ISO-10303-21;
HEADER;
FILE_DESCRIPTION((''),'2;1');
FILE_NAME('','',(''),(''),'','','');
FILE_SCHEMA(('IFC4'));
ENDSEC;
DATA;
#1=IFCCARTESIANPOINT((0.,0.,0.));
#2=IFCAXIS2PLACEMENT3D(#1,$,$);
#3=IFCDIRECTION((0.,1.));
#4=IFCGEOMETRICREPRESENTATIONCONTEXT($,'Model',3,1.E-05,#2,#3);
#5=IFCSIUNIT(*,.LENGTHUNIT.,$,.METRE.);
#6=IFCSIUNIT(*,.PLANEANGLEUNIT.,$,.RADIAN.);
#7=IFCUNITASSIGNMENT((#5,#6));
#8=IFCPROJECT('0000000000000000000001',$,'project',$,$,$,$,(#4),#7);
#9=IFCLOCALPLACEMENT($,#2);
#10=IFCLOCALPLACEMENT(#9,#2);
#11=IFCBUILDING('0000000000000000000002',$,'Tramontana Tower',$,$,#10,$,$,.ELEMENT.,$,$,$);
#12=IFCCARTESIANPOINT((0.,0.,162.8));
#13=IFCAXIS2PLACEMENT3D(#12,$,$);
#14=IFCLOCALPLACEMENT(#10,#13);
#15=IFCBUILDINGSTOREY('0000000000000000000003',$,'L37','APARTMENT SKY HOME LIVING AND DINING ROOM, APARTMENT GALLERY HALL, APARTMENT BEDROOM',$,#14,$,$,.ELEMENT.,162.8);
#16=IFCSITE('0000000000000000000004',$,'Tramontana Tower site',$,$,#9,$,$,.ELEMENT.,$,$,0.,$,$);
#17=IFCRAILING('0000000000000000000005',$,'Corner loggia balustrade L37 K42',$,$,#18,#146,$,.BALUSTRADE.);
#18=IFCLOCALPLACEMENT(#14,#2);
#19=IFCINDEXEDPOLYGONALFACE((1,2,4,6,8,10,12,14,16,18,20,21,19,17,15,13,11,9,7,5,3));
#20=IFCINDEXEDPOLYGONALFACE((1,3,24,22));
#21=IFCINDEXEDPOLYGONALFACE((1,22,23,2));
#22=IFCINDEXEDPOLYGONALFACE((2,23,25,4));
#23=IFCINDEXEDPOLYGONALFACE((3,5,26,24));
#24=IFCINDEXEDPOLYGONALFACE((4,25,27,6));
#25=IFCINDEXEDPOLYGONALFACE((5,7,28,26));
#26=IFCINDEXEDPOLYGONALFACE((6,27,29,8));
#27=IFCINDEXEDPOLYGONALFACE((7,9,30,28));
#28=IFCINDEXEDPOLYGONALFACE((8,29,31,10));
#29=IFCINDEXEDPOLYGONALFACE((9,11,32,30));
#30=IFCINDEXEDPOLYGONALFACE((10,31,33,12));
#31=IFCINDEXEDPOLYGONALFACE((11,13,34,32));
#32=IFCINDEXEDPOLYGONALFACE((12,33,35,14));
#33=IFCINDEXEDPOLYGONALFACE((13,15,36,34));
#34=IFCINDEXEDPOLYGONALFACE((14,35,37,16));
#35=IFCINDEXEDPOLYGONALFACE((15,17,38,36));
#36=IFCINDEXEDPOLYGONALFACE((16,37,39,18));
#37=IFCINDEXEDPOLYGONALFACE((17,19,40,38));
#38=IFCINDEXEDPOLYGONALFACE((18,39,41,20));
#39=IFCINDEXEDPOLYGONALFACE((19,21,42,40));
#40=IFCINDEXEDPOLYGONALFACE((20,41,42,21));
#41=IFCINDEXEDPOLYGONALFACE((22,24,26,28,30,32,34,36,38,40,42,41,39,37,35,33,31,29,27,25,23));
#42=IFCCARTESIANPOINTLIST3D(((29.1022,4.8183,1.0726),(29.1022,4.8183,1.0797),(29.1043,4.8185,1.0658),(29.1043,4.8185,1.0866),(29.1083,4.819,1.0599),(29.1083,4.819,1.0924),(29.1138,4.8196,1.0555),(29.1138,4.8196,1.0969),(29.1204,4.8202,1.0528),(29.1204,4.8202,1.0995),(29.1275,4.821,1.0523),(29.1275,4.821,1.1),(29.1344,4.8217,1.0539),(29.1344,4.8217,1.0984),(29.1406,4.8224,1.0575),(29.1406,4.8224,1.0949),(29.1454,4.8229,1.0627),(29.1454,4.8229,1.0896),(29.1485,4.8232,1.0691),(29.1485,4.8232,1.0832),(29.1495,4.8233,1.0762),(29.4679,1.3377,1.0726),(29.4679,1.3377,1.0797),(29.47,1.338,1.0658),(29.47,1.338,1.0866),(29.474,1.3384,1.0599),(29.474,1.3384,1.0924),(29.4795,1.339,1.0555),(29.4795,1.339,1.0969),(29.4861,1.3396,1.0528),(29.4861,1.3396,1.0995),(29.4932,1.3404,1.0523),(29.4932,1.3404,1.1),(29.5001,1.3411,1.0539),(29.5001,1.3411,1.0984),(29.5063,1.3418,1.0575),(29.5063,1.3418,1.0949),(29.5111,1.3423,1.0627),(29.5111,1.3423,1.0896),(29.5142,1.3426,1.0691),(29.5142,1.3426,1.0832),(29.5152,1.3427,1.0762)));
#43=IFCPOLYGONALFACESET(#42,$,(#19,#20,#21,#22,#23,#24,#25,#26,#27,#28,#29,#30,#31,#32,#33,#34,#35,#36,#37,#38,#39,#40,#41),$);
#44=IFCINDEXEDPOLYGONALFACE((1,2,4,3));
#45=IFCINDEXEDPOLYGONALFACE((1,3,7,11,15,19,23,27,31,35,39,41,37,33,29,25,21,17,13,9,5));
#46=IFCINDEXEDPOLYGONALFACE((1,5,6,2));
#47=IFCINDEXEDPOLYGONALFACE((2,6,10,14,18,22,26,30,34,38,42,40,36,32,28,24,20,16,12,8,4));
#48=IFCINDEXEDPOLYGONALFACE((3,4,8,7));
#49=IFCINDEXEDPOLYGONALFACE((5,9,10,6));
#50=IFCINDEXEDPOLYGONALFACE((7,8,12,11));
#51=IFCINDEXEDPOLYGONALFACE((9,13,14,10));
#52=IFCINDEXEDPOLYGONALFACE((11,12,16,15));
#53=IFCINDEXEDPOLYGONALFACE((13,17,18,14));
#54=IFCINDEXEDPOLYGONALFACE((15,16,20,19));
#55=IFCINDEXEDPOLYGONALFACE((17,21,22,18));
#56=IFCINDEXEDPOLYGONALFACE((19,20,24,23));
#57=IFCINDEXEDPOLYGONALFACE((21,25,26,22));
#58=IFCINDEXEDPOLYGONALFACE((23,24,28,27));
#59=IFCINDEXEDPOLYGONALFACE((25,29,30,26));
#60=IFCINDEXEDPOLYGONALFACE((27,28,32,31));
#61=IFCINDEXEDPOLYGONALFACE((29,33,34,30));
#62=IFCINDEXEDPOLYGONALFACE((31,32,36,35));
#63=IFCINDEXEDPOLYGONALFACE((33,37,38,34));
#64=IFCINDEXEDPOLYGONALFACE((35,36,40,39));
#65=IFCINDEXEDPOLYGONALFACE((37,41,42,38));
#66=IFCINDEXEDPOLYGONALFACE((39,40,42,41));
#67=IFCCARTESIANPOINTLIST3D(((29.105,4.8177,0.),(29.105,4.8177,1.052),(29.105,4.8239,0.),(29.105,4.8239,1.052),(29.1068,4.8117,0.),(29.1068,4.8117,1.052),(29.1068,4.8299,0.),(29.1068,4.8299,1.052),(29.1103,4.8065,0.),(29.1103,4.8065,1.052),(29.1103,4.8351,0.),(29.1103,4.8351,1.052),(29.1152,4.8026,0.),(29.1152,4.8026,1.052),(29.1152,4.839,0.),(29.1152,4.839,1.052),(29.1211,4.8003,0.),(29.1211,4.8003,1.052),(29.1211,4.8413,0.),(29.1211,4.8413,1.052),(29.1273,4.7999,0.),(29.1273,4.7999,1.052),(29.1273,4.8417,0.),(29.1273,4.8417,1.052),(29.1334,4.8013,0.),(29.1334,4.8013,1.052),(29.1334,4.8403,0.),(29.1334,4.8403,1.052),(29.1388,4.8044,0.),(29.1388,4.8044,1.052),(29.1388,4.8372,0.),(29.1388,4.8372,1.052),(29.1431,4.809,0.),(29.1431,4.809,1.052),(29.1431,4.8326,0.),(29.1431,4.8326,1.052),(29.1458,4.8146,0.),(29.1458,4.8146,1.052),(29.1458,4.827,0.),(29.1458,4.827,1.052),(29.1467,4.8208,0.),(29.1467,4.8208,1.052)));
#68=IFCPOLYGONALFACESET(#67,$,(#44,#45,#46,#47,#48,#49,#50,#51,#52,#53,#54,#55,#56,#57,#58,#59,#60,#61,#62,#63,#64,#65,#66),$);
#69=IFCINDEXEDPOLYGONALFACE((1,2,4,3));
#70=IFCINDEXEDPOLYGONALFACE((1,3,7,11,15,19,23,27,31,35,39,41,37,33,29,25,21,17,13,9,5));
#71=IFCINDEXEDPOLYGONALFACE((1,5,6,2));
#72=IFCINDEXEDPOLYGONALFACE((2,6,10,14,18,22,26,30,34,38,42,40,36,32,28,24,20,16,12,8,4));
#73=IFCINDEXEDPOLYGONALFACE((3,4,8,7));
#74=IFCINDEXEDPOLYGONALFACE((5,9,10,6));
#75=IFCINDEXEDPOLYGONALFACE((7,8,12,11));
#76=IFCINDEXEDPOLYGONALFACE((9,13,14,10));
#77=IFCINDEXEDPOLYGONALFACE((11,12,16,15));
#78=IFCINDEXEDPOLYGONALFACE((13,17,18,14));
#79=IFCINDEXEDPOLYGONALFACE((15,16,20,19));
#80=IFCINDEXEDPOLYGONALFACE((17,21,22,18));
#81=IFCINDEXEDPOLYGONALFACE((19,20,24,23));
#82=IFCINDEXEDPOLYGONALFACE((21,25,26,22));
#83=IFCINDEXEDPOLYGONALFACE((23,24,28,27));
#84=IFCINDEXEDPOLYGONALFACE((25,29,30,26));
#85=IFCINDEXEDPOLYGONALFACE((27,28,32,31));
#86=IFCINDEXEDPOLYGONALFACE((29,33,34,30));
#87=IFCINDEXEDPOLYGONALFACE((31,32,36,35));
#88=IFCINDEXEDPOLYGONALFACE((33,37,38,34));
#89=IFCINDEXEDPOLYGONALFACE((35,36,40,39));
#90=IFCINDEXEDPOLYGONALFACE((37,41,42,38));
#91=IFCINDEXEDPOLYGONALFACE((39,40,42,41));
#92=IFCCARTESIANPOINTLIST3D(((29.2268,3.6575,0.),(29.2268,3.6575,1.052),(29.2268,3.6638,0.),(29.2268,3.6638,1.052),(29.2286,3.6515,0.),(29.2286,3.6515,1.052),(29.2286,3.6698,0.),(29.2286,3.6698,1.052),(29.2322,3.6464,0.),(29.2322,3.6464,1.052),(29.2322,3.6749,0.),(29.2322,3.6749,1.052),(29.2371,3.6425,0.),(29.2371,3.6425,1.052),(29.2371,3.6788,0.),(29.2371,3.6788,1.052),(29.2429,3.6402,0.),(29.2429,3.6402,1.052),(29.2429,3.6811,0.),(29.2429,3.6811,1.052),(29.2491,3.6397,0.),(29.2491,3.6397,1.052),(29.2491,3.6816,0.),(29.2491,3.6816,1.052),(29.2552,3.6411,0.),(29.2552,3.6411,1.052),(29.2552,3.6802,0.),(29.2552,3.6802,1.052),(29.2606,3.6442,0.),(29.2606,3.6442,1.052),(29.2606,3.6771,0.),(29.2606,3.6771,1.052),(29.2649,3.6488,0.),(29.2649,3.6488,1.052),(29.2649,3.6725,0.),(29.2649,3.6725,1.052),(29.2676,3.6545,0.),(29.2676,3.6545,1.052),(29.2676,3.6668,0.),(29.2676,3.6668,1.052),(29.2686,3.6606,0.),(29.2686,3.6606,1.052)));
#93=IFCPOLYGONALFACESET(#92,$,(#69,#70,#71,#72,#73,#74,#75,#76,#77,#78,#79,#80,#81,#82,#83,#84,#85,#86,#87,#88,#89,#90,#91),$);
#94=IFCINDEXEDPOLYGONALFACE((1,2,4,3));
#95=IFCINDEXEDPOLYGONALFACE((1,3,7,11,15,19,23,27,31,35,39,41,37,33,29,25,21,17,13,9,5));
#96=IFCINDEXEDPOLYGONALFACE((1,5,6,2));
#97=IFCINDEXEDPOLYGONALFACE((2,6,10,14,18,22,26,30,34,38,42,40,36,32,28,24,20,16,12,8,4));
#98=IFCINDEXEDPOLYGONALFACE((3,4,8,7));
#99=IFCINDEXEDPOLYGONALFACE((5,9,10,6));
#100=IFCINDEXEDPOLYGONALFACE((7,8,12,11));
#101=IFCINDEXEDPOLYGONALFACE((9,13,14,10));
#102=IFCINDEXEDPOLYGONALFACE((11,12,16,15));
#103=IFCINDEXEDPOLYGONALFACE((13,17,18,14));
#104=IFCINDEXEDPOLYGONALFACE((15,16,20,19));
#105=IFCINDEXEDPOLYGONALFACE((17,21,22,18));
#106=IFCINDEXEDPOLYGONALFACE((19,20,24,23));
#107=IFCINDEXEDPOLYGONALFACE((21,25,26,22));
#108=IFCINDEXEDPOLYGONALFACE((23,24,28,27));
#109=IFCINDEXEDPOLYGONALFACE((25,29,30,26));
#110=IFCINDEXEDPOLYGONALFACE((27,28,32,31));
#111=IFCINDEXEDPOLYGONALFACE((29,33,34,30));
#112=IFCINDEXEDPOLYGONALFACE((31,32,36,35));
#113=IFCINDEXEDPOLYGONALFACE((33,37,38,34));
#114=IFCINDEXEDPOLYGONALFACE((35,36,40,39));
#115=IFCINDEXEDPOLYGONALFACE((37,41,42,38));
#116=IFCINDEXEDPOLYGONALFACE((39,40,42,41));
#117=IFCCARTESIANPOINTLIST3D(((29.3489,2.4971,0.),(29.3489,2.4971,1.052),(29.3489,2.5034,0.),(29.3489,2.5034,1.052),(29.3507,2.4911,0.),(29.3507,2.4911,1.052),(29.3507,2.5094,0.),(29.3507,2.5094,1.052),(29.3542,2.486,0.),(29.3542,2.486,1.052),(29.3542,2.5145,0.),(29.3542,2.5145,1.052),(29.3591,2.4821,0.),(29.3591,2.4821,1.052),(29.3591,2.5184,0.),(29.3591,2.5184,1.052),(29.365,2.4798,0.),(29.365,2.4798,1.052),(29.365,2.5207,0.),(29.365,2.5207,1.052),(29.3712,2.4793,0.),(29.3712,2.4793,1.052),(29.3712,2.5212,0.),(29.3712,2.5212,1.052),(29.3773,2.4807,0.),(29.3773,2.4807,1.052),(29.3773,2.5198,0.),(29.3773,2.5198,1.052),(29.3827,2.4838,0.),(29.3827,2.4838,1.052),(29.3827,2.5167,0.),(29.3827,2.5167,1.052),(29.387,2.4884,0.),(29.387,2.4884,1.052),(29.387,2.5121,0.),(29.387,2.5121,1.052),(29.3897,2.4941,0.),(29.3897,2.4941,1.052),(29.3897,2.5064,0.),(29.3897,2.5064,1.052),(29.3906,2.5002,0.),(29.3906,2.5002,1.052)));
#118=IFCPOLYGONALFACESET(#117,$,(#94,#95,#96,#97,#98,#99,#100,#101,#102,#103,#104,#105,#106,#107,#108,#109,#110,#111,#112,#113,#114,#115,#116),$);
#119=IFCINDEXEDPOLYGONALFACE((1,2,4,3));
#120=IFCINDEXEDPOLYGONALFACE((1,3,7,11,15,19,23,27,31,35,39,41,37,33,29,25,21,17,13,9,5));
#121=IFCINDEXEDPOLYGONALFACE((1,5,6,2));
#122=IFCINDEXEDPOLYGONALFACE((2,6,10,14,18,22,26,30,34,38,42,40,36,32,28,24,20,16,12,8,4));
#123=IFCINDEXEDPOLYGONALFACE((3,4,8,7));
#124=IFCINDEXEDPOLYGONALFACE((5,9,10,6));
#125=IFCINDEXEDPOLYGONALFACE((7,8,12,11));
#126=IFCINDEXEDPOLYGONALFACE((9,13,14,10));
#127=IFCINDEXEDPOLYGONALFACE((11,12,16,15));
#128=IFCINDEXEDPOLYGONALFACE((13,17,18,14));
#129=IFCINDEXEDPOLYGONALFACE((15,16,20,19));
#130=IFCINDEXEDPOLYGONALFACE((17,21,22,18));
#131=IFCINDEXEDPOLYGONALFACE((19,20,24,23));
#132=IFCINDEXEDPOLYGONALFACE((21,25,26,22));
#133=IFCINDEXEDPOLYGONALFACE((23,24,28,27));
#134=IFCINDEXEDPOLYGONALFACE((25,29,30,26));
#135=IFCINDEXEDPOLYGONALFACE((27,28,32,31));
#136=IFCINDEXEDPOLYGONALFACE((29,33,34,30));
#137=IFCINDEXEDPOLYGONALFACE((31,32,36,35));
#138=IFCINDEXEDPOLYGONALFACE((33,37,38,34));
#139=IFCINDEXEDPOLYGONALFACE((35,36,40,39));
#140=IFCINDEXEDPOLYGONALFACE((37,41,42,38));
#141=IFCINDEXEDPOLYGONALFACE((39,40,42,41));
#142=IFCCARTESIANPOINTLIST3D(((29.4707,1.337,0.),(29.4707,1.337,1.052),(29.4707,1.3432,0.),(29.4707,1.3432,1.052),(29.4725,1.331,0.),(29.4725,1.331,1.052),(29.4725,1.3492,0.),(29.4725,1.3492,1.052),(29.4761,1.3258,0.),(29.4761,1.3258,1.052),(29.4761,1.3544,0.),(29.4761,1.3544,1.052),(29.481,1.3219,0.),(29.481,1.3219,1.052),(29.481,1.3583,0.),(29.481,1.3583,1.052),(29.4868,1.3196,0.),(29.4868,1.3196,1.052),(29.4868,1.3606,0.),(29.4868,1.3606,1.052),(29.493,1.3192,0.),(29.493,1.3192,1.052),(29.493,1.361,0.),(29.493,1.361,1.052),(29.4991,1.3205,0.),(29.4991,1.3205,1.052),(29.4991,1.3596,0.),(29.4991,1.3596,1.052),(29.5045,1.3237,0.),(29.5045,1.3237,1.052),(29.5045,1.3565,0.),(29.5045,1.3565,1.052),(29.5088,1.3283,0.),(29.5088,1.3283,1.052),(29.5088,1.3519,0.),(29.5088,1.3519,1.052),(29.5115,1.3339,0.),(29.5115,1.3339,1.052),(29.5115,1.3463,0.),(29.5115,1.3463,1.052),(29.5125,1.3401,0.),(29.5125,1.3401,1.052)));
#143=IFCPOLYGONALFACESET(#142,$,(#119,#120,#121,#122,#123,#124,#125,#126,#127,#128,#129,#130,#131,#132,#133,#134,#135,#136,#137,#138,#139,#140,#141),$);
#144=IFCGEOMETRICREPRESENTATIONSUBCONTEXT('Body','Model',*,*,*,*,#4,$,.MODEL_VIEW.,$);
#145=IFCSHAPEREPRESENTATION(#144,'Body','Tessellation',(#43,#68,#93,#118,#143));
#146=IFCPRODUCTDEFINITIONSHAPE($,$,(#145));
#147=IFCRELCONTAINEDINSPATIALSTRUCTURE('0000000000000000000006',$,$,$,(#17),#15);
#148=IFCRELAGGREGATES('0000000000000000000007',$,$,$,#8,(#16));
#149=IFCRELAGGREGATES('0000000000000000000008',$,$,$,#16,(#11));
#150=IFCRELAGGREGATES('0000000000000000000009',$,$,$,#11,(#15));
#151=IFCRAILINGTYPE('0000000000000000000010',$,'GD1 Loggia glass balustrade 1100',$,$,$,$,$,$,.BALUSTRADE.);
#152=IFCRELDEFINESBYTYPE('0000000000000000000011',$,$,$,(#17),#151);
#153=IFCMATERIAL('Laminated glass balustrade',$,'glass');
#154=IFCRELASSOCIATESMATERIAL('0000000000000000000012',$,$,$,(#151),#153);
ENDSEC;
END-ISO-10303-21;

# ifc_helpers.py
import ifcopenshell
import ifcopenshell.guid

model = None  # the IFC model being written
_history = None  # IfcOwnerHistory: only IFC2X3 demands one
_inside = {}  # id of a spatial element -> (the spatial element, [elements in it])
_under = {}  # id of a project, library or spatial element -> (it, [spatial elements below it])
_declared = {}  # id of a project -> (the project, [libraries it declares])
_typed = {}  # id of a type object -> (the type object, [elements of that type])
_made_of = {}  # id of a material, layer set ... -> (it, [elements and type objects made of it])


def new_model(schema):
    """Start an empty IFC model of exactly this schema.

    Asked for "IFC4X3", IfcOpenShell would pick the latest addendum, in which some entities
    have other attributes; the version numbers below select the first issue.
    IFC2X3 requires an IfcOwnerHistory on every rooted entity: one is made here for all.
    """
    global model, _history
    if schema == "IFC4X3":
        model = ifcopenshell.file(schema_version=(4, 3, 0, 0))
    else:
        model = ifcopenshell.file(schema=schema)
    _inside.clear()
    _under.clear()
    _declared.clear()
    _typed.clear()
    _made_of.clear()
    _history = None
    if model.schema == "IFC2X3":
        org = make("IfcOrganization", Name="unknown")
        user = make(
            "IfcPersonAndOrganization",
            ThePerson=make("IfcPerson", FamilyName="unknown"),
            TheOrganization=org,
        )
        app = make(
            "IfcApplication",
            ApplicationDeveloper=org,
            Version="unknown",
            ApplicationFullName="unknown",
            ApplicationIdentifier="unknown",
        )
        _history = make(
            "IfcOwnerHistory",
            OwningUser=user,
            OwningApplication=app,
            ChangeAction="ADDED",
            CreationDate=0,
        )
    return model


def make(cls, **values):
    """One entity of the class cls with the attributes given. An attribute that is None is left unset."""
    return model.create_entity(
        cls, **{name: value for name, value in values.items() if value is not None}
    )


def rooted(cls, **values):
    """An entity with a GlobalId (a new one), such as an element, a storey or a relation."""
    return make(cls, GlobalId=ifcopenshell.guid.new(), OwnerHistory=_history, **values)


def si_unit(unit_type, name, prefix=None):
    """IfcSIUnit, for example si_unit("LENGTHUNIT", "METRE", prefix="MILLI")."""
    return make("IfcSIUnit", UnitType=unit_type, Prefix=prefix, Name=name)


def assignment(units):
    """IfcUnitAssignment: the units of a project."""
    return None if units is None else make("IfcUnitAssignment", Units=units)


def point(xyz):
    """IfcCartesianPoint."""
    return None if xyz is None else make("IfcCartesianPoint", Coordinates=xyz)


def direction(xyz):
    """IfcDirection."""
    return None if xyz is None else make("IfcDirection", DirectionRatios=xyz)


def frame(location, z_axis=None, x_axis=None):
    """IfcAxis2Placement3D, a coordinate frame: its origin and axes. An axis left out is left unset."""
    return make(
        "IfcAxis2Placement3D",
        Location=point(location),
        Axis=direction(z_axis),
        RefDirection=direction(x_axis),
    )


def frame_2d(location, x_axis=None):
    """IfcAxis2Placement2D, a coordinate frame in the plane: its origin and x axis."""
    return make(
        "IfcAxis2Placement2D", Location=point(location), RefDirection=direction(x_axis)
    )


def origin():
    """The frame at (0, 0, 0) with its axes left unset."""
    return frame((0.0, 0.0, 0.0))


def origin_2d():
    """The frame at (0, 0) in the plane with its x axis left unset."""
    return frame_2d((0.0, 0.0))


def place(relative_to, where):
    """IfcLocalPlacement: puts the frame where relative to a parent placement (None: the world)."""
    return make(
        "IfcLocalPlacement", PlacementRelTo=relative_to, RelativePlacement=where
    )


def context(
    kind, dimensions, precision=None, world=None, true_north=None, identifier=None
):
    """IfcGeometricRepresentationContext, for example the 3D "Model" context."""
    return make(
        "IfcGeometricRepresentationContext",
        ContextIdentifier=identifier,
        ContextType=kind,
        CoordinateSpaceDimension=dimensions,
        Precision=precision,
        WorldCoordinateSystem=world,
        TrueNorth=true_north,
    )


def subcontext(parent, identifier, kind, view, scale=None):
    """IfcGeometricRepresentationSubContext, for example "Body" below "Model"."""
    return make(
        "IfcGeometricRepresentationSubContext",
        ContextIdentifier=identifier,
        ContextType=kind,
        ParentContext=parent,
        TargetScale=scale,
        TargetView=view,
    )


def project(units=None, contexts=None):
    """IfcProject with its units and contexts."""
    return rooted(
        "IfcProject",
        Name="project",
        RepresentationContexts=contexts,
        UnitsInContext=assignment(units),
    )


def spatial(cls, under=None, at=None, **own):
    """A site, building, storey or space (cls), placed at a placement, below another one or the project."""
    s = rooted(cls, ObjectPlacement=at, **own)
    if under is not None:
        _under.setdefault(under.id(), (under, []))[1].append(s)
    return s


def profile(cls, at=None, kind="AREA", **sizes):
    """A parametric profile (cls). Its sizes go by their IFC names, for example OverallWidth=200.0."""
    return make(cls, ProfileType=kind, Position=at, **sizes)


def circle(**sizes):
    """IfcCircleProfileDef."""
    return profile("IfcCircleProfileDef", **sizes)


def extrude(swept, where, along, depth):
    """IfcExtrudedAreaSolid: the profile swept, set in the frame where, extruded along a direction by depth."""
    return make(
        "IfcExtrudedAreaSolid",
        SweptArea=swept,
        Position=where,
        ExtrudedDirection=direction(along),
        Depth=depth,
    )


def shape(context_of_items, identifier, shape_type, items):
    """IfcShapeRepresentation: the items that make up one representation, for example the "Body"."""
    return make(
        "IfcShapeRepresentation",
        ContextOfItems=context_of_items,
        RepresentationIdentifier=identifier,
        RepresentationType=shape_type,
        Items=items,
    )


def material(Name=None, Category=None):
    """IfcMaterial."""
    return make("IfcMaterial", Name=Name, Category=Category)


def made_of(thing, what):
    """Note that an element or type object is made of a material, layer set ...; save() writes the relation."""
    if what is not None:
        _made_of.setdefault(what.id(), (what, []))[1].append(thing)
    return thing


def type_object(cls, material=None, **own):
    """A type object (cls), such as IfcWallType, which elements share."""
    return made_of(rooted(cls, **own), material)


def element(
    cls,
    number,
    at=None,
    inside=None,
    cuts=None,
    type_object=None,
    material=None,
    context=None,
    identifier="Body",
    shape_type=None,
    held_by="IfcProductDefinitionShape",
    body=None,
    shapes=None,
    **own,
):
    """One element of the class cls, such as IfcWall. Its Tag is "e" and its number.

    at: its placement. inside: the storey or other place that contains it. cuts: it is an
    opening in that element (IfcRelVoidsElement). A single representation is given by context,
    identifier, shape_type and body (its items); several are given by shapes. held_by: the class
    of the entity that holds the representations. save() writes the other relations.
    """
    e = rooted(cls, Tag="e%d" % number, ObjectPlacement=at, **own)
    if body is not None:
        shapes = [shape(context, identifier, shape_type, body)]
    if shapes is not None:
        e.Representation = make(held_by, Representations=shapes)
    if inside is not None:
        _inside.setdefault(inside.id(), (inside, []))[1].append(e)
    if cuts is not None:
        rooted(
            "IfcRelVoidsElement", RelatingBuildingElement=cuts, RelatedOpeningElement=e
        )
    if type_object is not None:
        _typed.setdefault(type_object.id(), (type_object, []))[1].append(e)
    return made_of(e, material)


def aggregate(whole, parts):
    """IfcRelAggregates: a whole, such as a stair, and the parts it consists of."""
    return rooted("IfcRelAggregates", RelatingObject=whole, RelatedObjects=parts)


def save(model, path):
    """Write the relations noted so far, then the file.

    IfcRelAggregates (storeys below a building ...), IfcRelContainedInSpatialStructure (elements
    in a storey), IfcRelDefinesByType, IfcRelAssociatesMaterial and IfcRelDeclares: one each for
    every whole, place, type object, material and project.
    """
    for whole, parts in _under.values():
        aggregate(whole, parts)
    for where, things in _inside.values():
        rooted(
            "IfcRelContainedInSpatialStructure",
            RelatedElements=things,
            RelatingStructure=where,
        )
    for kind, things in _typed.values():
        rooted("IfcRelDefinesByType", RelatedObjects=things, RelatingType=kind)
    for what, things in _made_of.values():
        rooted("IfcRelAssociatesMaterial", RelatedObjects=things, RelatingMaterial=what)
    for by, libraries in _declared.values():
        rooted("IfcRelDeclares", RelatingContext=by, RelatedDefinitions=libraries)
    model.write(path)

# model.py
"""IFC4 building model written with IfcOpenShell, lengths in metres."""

from ifc_helpers import new_model, si_unit, direction, frame, origin, origin_2d, place, context, subcontext, project, spatial, circle, extrude, material, type_object, element, save


model = new_model("IFC4")

# Units and contexts
model_context = context("Model", 3, precision=1e-05, world=origin(), true_north=direction((0.0, 1.0)))
body_context = subcontext(model_context, "Body", "Model", "MODEL_VIEW")
ifc_project = project(units=[si_unit("LENGTHUNIT", "METRE"), si_unit("PLANEANGLEUNIT", "RADIAN")], contexts=[model_context])

# Site, building, storey
site_placement = place(None, origin())
site = spatial("IfcSite", under=ifc_project, at=site_placement, Name="Tramontana Tower site", CompositionType="ELEMENT", RefElevation=0.0)
building_placement = place(site_placement, origin())
building = spatial("IfcBuilding", under=site, at=building_placement, Name="Tramontana Tower", CompositionType="ELEMENT")
storey_placement = place(building_placement, frame((0.0, 0.0, 162.8)))
storey = spatial("IfcBuildingStorey", under=building, at=storey_placement, Name="L37", Description="APARTMENT SKY HOME LIVING AND DINING ROOM, APARTMENT GALLERY HALL, APARTMENT BEDROOM", CompositionType="ELEMENT", Elevation=162.8)

# Railing
ifc_material_1 = material(Name="Laminated glass balustrade", Category="glass")
railing_type = type_object("IfcRailingType", Name="GD1 Loggia glass balustrade 1100", PredefinedType="BALUSTRADE", material=ifc_material_1)
railing_1_placement = place(storey_placement, frame((29.1257, 4.8208, 0.0)))
element("IfcRailing", 1, at=railing_1_placement, inside=storey, type_object=railing_type, Name="Corner loggia balustrade L37 K42", PredefinedType="BALUSTRADE", context=body_context, shape_type="SweptSolid", body=[
    extrude(circle(Radius=0.0239, at=origin_2d()), frame((0.0, 0.0, 1.0762), z_axis=(0.104496, -0.994525, 0.0), x_axis=(0.994525, 0.104496, 0.0)), (0.0, 0.0, 1.0), 3.4998),
    extrude(circle(Radius=0.021, at=origin_2d()), origin(), (0.0, 0.0, 1.0), 1.052),
    extrude(circle(Radius=0.021, at=origin_2d()), frame((0.1218, -1.1602, 0.0)), (0.0, 0.0, 1.0), 1.052),
    extrude(circle(Radius=0.021, at=origin_2d()), frame((0.2439, -2.3206, 0.0)), (0.0, 0.0, 1.0), 1.052),
    extrude(circle(Radius=0.021, at=origin_2d()), frame((0.3657, -3.4807, 0.0)), (0.0, 0.0, 1.0), 1.052),
])

save(model, "model.ifc")
